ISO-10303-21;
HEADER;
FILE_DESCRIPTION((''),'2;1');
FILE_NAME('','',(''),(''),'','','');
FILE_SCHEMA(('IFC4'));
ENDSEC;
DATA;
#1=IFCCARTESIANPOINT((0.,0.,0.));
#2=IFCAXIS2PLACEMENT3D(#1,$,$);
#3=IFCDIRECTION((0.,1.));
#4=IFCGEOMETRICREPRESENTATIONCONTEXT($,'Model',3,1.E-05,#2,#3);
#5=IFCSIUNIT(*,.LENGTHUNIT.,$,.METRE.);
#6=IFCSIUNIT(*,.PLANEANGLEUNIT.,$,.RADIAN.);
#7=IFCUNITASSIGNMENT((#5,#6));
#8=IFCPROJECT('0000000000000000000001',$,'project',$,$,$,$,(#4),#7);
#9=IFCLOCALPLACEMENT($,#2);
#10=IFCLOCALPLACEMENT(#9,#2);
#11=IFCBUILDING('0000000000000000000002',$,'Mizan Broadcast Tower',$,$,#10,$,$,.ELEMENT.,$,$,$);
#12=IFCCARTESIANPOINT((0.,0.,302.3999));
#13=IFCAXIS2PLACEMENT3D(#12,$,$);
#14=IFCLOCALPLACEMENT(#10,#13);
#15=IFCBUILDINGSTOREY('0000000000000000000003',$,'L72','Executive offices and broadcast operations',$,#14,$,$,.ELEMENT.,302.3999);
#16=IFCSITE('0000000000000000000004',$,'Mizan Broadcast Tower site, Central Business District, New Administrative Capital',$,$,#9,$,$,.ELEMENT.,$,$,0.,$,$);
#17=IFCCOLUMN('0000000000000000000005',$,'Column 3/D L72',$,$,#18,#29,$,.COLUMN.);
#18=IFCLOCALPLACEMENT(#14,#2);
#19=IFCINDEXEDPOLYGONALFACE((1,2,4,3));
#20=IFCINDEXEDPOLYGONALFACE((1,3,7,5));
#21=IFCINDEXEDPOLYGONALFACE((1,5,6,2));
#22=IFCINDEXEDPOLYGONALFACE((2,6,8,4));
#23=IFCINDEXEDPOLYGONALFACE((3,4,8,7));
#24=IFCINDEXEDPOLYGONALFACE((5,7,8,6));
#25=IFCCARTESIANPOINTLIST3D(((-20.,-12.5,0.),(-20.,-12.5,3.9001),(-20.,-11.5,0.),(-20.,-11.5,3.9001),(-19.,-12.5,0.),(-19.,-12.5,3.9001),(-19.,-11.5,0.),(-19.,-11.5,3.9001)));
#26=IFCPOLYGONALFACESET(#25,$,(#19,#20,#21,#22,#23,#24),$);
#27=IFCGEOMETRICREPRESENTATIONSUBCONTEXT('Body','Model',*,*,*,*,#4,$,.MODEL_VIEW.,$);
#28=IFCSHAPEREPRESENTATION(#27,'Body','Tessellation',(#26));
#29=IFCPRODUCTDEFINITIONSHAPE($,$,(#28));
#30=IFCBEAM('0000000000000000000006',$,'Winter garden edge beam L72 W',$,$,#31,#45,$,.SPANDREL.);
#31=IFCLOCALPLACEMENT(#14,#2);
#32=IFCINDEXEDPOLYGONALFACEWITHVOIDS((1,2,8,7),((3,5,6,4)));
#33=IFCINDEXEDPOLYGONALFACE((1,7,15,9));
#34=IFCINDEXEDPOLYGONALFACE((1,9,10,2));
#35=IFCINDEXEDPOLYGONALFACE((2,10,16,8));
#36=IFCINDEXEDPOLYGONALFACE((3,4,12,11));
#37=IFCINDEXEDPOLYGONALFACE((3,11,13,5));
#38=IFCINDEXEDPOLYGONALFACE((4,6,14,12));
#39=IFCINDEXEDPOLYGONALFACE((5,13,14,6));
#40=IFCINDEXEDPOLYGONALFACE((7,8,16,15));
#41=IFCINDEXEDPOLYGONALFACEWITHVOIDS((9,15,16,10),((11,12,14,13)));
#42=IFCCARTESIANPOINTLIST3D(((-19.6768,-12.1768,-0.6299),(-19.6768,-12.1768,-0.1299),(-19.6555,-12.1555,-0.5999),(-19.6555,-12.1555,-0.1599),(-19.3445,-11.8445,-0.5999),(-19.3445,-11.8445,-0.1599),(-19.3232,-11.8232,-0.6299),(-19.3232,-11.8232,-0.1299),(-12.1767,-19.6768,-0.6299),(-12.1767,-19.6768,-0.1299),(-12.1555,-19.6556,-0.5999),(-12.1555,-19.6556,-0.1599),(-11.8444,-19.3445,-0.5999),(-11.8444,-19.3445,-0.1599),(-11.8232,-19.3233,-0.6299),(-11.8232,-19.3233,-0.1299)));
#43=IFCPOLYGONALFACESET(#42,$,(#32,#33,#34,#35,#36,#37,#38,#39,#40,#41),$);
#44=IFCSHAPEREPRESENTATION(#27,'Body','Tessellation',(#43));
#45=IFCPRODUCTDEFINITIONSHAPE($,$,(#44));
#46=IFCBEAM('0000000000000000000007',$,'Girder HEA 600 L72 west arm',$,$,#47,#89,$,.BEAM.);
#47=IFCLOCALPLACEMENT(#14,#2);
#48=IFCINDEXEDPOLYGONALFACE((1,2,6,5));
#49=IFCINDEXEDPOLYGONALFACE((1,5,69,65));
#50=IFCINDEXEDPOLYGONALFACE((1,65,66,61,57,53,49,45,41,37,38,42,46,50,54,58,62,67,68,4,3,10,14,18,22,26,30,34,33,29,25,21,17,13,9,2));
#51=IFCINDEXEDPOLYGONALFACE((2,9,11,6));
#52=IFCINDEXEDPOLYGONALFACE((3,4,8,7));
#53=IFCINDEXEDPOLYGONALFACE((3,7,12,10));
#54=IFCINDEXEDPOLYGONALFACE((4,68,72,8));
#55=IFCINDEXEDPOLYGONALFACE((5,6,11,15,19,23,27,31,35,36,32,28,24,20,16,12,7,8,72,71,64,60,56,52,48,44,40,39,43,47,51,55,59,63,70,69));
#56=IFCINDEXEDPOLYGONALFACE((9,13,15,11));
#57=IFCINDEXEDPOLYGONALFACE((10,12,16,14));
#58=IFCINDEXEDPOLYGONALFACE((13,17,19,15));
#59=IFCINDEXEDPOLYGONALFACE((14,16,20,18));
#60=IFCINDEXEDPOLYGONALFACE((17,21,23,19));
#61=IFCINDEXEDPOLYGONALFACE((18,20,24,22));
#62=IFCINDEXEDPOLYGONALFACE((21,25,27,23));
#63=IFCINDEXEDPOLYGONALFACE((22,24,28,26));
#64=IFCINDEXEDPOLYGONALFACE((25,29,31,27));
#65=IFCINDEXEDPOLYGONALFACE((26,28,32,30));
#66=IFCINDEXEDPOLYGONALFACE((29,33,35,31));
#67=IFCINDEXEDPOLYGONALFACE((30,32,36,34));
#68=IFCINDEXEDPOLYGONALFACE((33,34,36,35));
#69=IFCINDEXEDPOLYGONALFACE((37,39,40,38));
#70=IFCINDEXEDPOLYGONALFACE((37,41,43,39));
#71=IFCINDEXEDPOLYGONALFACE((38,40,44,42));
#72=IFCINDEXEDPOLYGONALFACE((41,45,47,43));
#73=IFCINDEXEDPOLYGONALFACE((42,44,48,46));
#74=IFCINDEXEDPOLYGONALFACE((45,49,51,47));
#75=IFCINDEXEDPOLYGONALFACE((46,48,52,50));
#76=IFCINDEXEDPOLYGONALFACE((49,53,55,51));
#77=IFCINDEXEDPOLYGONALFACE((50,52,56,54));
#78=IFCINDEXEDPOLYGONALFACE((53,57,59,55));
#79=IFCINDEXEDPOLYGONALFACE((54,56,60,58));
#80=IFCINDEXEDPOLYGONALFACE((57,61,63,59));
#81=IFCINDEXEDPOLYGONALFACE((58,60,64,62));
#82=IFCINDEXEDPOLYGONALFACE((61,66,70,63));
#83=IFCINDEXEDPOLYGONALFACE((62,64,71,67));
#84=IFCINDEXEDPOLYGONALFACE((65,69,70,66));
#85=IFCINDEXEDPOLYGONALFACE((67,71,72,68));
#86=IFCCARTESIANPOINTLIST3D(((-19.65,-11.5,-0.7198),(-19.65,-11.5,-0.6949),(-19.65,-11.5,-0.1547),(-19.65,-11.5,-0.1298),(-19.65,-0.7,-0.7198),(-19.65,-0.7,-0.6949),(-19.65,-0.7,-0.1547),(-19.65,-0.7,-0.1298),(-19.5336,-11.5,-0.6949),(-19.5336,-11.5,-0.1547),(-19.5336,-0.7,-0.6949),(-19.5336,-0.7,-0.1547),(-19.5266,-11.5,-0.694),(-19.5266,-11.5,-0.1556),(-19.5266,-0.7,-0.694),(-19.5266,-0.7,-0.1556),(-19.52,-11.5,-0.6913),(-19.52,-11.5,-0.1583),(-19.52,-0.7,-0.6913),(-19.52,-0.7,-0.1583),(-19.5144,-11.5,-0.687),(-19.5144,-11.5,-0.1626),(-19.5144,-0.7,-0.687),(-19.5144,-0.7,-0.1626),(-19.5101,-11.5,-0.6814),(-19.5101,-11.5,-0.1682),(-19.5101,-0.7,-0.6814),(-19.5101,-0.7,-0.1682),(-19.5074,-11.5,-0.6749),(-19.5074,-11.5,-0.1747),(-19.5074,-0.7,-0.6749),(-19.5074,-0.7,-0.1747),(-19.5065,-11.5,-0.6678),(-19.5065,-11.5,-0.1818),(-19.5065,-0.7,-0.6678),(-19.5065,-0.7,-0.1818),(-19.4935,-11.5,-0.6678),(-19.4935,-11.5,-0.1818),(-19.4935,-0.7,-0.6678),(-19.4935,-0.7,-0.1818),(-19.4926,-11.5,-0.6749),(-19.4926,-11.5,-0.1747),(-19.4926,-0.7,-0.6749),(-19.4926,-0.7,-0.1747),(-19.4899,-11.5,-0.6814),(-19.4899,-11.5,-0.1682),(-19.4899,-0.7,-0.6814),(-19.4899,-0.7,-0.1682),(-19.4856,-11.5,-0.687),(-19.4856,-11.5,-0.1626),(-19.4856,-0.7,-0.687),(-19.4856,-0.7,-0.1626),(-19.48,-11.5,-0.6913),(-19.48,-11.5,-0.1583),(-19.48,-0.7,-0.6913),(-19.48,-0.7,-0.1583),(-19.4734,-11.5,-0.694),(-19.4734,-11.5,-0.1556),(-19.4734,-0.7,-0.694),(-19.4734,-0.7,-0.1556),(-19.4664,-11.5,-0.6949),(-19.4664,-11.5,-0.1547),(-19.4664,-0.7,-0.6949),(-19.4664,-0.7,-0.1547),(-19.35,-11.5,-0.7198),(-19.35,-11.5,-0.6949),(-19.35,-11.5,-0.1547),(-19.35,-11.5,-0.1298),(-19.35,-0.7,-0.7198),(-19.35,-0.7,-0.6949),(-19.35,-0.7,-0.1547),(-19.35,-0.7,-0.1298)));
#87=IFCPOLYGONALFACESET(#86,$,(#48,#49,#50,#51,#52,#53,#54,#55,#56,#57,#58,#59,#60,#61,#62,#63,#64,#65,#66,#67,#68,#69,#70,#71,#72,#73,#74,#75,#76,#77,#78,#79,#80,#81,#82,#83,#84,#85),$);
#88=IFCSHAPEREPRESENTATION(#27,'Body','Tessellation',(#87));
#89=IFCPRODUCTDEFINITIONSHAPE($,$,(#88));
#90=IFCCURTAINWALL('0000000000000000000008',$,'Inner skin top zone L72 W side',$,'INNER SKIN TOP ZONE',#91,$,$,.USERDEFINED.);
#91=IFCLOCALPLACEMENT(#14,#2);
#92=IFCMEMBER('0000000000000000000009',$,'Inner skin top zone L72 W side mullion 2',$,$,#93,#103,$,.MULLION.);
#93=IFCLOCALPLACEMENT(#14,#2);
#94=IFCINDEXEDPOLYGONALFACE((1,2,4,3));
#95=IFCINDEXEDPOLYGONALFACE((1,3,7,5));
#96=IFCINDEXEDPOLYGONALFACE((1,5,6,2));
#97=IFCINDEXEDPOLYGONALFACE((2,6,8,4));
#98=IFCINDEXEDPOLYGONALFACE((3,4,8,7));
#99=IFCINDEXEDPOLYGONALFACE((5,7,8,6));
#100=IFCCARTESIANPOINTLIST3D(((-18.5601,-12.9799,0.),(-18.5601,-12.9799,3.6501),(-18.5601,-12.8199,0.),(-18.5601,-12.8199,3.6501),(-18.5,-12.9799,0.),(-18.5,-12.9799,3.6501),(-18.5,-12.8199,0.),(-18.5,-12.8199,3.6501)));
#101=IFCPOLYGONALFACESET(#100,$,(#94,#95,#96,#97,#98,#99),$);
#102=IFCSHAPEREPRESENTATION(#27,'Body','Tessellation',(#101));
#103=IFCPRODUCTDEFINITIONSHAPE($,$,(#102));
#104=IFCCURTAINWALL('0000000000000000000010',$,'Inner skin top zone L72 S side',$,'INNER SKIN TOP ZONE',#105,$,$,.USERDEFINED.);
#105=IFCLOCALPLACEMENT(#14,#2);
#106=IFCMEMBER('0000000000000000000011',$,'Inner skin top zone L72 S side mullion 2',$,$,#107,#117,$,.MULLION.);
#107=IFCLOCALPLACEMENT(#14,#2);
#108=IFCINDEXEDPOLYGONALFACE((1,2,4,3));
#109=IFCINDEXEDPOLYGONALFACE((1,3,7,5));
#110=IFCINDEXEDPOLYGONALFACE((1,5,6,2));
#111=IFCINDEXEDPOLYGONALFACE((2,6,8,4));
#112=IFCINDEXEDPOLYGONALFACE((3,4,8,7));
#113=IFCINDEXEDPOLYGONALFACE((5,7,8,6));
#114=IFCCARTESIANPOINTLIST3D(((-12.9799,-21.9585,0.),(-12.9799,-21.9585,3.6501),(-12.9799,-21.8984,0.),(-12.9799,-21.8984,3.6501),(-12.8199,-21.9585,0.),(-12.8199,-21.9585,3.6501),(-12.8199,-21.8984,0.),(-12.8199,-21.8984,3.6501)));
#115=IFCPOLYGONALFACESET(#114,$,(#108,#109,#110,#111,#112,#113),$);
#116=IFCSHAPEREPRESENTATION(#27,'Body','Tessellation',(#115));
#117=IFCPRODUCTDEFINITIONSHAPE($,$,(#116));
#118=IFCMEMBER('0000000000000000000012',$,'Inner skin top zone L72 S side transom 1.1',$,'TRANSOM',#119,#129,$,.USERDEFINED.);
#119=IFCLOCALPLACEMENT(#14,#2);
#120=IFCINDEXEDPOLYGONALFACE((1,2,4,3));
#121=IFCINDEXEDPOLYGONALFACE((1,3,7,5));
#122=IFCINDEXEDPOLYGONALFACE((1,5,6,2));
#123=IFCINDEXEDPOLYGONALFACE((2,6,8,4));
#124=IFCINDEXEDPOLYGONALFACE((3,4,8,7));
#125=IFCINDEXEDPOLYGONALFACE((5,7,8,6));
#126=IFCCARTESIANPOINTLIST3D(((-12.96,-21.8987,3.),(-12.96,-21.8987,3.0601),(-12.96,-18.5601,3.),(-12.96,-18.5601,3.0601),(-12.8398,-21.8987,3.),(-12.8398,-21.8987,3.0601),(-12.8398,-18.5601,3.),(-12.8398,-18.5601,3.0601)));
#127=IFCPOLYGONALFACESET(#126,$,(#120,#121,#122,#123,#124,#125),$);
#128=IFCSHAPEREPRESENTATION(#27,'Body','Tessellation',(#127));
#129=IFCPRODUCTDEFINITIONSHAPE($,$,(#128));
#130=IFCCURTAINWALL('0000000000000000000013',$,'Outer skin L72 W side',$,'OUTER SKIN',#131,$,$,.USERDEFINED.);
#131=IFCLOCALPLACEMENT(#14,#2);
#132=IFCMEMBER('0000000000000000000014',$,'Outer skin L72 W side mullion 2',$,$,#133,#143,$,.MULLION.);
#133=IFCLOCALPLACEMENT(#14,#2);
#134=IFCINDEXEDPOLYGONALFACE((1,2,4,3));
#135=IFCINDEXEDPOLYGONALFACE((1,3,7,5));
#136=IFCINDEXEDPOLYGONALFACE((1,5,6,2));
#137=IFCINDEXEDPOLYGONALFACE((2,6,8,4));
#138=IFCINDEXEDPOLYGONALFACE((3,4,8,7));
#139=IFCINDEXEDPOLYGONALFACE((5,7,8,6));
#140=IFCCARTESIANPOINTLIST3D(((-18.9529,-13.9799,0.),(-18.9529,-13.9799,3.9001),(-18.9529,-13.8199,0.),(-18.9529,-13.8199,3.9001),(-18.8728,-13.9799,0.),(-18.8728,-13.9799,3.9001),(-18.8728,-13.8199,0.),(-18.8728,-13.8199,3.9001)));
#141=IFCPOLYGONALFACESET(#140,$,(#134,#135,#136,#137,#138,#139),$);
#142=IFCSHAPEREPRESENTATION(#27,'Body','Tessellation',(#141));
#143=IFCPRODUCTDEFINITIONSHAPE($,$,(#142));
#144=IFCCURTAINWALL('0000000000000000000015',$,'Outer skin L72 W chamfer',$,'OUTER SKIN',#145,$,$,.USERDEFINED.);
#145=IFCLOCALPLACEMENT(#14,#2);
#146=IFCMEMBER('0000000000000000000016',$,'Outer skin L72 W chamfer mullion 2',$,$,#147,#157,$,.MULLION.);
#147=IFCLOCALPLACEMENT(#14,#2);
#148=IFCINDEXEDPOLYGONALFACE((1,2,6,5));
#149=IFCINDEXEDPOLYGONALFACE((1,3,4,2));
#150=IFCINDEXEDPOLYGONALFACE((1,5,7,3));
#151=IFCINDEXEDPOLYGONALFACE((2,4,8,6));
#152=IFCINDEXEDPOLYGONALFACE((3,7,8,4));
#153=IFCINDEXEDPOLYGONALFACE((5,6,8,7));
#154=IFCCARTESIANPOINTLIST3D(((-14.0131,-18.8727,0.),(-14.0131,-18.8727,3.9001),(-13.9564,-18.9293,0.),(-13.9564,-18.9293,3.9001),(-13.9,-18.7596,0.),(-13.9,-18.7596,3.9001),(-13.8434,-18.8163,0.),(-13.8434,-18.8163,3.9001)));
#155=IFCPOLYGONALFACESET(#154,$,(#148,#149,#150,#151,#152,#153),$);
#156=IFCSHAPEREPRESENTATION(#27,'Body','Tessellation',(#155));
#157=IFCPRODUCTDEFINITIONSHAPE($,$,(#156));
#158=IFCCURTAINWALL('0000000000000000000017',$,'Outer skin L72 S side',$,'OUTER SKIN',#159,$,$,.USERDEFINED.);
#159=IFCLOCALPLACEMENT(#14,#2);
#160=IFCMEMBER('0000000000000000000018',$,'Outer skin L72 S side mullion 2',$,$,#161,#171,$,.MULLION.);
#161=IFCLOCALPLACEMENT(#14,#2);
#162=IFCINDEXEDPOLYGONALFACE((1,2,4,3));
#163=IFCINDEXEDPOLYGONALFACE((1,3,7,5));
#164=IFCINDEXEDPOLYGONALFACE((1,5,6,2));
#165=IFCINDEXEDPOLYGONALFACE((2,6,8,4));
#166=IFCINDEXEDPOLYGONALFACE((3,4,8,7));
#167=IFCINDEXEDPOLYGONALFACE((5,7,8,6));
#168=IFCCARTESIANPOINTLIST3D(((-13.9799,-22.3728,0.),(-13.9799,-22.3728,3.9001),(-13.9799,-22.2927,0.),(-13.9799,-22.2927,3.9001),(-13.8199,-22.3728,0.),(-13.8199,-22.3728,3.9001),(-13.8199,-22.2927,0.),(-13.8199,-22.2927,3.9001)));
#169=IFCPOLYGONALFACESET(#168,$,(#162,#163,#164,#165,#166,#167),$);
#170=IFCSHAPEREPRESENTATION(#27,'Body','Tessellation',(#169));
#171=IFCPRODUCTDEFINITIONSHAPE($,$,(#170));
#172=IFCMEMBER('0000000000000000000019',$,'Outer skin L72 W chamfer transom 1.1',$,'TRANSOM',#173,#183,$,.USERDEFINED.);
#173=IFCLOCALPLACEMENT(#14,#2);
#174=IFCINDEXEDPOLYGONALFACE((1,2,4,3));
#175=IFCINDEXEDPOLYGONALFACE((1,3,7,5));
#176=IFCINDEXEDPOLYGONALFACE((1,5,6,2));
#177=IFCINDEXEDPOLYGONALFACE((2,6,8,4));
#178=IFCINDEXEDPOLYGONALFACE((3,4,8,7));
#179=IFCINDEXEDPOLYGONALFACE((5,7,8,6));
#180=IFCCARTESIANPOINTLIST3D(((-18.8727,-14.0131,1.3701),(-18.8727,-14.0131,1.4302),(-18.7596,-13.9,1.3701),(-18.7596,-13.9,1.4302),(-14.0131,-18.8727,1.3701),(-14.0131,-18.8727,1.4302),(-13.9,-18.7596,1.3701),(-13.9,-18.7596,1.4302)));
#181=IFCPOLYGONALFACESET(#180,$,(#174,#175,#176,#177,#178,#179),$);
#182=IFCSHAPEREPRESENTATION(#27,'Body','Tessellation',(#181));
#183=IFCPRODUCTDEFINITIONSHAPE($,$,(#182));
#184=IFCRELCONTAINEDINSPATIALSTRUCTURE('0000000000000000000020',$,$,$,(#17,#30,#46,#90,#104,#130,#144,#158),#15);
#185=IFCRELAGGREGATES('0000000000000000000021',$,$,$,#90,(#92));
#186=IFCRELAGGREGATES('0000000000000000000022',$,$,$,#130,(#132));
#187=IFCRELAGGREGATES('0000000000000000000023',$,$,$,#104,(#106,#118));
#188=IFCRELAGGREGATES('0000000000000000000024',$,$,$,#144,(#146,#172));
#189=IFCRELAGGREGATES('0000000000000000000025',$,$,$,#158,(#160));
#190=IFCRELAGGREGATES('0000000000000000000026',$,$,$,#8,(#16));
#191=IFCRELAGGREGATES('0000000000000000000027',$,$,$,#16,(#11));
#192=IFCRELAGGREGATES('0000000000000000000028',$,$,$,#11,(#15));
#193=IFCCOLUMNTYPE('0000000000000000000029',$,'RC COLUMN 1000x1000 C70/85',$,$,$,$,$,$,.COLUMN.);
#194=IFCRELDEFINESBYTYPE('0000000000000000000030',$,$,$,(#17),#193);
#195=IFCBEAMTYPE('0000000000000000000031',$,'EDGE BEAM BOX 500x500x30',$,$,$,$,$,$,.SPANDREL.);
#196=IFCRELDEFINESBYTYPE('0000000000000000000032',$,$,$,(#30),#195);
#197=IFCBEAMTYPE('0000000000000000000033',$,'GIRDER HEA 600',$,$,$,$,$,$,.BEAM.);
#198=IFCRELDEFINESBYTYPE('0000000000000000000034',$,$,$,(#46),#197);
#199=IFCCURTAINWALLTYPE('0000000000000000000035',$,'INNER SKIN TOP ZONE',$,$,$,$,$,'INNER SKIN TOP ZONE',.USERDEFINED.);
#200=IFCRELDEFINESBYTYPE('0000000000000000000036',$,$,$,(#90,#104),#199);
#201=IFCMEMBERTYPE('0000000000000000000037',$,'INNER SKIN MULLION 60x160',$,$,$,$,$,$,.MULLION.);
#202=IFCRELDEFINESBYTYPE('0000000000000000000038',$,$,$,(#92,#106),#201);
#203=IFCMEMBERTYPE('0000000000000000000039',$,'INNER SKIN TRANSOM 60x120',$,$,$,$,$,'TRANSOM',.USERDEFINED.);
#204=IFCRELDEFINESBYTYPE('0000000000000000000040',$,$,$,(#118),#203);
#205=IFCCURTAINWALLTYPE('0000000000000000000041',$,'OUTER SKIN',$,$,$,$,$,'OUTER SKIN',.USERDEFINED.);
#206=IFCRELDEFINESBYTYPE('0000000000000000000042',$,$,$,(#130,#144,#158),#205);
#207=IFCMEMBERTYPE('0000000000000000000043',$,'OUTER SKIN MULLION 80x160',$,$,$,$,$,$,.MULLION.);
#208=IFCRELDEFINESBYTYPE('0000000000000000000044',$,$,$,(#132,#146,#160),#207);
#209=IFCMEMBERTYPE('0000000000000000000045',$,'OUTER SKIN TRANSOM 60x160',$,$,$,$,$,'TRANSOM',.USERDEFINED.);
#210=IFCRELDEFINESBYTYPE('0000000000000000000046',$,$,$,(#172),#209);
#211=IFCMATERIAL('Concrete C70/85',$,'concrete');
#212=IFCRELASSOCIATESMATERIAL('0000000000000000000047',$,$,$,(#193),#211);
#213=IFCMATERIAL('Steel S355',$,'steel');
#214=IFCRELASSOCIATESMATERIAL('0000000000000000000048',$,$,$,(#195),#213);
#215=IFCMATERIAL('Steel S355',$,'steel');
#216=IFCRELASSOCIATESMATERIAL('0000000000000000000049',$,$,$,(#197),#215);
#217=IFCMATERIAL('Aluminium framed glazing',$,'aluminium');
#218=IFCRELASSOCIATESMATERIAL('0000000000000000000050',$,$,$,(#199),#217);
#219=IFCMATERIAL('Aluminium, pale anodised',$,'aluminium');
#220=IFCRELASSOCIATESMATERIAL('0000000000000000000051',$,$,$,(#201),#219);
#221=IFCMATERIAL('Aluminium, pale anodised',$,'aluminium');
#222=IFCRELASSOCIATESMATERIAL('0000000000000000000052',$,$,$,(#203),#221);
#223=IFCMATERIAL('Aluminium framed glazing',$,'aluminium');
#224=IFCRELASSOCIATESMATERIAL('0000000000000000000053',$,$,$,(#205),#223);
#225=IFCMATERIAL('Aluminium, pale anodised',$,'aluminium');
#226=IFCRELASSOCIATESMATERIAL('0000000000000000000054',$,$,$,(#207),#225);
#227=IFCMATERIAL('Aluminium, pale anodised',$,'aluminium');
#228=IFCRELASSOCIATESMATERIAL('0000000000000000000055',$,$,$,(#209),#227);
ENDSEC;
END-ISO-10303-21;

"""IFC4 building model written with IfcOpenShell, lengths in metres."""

from ifc_helpers import new_model, si_unit, direction, frame, origin, origin_2d, place, context, subcontext, project, spatial, rectangle, hollow_rectangle, i_section, extrude, material, material_profile, profile_set, type_object, element, aggregate, save


model = new_model("IFC4")

# Units and contexts
model_context = context("Model", 3, precision=1e-05, world=origin(), true_north=direction((0.0, 1.0)))
body_context = subcontext(model_context, "Body", "Model", "MODEL_VIEW")
ifc_project = project(units=[si_unit("LENGTHUNIT", "METRE"), si_unit("PLANEANGLEUNIT", "RADIAN")], contexts=[model_context])

# Site, building, storey
site_placement = place(None, origin())
site = spatial("IfcSite", under=ifc_project, at=site_placement, Name="Mizan Broadcast Tower site, Central Business District, New Administrative Capital", CompositionType="ELEMENT", RefElevation=0.0)
building_placement = place(site_placement, origin())
building = spatial("IfcBuilding", under=site, at=building_placement, Name="Mizan Broadcast Tower", CompositionType="ELEMENT")
storey_placement = place(building_placement, frame((0.0, 0.0, 302.3999)))
storey = spatial("IfcBuildingStorey", under=building, at=storey_placement, Name="L72", Description="Executive offices and broadcast operations", CompositionType="ELEMENT", Elevation=302.3999)

# Column
ifc_material_1 = material(Name="Concrete C70/85", Category="concrete")
ifc_material_profile_1 = material_profile(ifc_material_1, rectangle(XDim=1.0, YDim=1.0, at=origin_2d()), Name="RC 1000x1000")
ifc_profile_set_1 = profile_set([ifc_material_profile_1], Name="Concrete C70/85")
column_type = type_object("IfcColumnType", Name="RC COLUMN 1000x1000 C70/85", PredefinedType="COLUMN", material=ifc_profile_set_1)
column_placement = place(storey_placement, frame((-19.5, -12.0, 0.0), z_axis=(0.0, 0.0, 1.0), x_axis=(1.0, 0.0, 0.0)))
element("IfcColumn", 1, at=column_placement, inside=storey, type_object=column_type, Name="Column 3/D L72", PredefinedType="COLUMN", context=body_context, shape_type="SweptSolid", body=[
    extrude(rectangle(XDim=1.0, YDim=1.0, at=origin_2d()), origin(), (0.0, 0.0, 1.0), 3.9001),
])

# Beams
ifc_material_2 = material(Name="Steel S355", Category="steel")
ifc_material_profile_2 = material_profile(ifc_material_2, hollow_rectangle(XDim=0.5, YDim=0.5, WallThickness=0.03, at=origin_2d()), Name="BOX 500x500x30")
ifc_profile_set_2 = profile_set([ifc_material_profile_2], Name="Steel S355")
beam_type_1 = type_object("IfcBeamType", Name="EDGE BEAM BOX 500x500x30", PredefinedType="SPANDREL", material=ifc_profile_set_2)
beam_1_placement = place(storey_placement, frame((-19.5, -12.0, -0.3799), z_axis=(0.707107, -0.707107, 0.0), x_axis=(0.707107, 0.707107, 0.0)))
element("IfcBeam", 2, at=beam_1_placement, inside=storey, type_object=beam_type_1, Name="Winter garden edge beam L72 W", PredefinedType="SPANDREL", context=body_context, shape_type="SweptSolid", body=[
    extrude(hollow_rectangle(XDim=0.5, YDim=0.5, WallThickness=0.03, at=origin_2d()), origin(), (0.0, 0.0, 1.0), 10.6067),
])
ifc_material_3 = material(Name="Steel S355", Category="steel")
ifc_material_profile_3 = material_profile(ifc_material_3, i_section(OverallWidth=0.3, OverallDepth=0.5901, WebThickness=0.0129, FlangeThickness=0.0249, FilletRadius=0.0271, at=origin_2d()), Name="HEA 600")
ifc_profile_set_3 = profile_set([ifc_material_profile_3], Name="Steel S355")
beam_type_2 = type_object("IfcBeamType", Name="GIRDER HEA 600", PredefinedType="BEAM", material=ifc_profile_set_3)
beam_2_placement = place(storey_placement, frame((-19.5, -11.5, -0.4248), z_axis=(0.0, 1.0, 0.0), x_axis=(-1.0, 0.0, 0.0)))
element("IfcBeam", 3, at=beam_2_placement, inside=storey, type_object=beam_type_2, Name="Girder HEA 600 L72 west arm", PredefinedType="BEAM", context=body_context, shape_type="SweptSolid", body=[
    extrude(i_section(OverallWidth=0.3, OverallDepth=0.5901, WebThickness=0.0129, FlangeThickness=0.0249, FilletRadius=0.0271, at=origin_2d()), origin(), (0.0, 0.0, 1.0), 10.8),
])

# Curtain wall, member
ifc_material_4 = material(Name="Aluminium framed glazing", Category="aluminium")
curtain_wall_type_1 = type_object("IfcCurtainWallType", Name="INNER SKIN TOP ZONE", ElementType="INNER SKIN TOP ZONE", PredefinedType="USERDEFINED", material=ifc_material_4)
curtain_wall_1_placement = place(storey_placement, origin())
curtain_wall_1 = element("IfcCurtainWall", 4, at=curtain_wall_1_placement, inside=storey, type_object=curtain_wall_type_1, Name="Inner skin top zone L72 W side", ObjectType="INNER SKIN TOP ZONE", PredefinedType="USERDEFINED")
ifc_material_5 = material(Name="Aluminium, pale anodised", Category="aluminium")
ifc_material_profile_4 = material_profile(ifc_material_5, rectangle(XDim=0.1599, YDim=0.0601, at=origin_2d()), Name="MULLION 160x60")
ifc_profile_set_4 = profile_set([ifc_material_profile_4], Name="Aluminium, pale anodised")
member_type_1 = type_object("IfcMemberType", Name="INNER SKIN MULLION 60x160", PredefinedType="MULLION", material=ifc_profile_set_4)
member_1_placement = place(storey_placement, frame((-18.53, -12.8999, 0.0), z_axis=(0.0, 0.0, 1.0), x_axis=(0.0, 1.0, 0.0)))
member_1 = element("IfcMember", 5, at=member_1_placement, type_object=member_type_1, Name="Inner skin top zone L72 W side mullion 2", PredefinedType="MULLION", context=body_context, shape_type="SweptSolid", body=[
    extrude(rectangle(XDim=0.1599, YDim=0.0601, at=origin_2d()), origin(), (0.0, 0.0, 1.0), 3.6501),
])
aggregate(curtain_wall_1, [member_1])

# Curtain wall, members
curtain_wall_2_placement = place(storey_placement, origin())
curtain_wall_2 = element("IfcCurtainWall", 6, at=curtain_wall_2_placement, inside=storey, type_object=curtain_wall_type_1, Name="Inner skin top zone L72 S side", ObjectType="INNER SKIN TOP ZONE", PredefinedType="USERDEFINED")
member_2_placement = place(storey_placement, frame((-12.8999, -21.9285, 0.0), z_axis=(0.0, 0.0, 1.0), x_axis=(1.0, 0.0, 0.0)))
member_2 = element("IfcMember", 7, at=member_2_placement, type_object=member_type_1, Name="Inner skin top zone L72 S side mullion 2", PredefinedType="MULLION", context=body_context, shape_type="SweptSolid", body=[
    extrude(rectangle(XDim=0.1599, YDim=0.0601, at=origin_2d()), origin(), (0.0, 0.0, 1.0), 3.6501),
])
ifc_material_6 = material(Name="Aluminium, pale anodised", Category="aluminium")
ifc_material_profile_5 = material_profile(ifc_material_6, rectangle(XDim=0.1201, YDim=0.0601, at=origin_2d()), Name="TRANSOM 120x60")
ifc_profile_set_5 = profile_set([ifc_material_profile_5], Name="Aluminium, pale anodised")
member_type_2 = type_object("IfcMemberType", Name="INNER SKIN TRANSOM 60x120", ElementType="TRANSOM", PredefinedType="USERDEFINED", material=ifc_profile_set_5)
member_3_placement = place(storey_placement, frame((-12.8999, -18.5601, 3.03), z_axis=(0.0, -1.0, 0.0), x_axis=(1.0, 0.0, 0.0)))
member_3 = element("IfcMember", 8, at=member_3_placement, type_object=member_type_2, Name="Inner skin top zone L72 S side transom 1.1", ObjectType="TRANSOM", PredefinedType="USERDEFINED", context=body_context, shape_type="SweptSolid", body=[
    extrude(rectangle(XDim=0.1201, YDim=0.0601, at=origin_2d()), origin(), (0.0, 0.0, 1.0), 3.3386),
])

# Curtain walls, members
ifc_material_7 = material(Name="Aluminium framed glazing", Category="aluminium")
curtain_wall_type_2 = type_object("IfcCurtainWallType", Name="OUTER SKIN", ElementType="OUTER SKIN", PredefinedType="USERDEFINED", material=ifc_material_7)
curtain_wall_3_placement = place(storey_placement, origin())
curtain_wall_3 = element("IfcCurtainWall", 9, at=curtain_wall_3_placement, inside=storey, type_object=curtain_wall_type_2, Name="Outer skin L72 W side", ObjectType="OUTER SKIN", PredefinedType="USERDEFINED")
ifc_material_8 = material(Name="Aluminium, pale anodised", Category="aluminium")
ifc_material_profile_6 = material_profile(ifc_material_8, rectangle(XDim=0.1599, YDim=0.0801, at=origin_2d()), Name="MULLION 160x80")
ifc_profile_set_6 = profile_set([ifc_material_profile_6], Name="Aluminium, pale anodised")
member_type_3 = type_object("IfcMemberType", Name="OUTER SKIN MULLION 80x160", PredefinedType="MULLION", material=ifc_profile_set_6)
member_4_placement = place(storey_placement, frame((-18.9128, -13.8999, 0.0), z_axis=(0.0, 0.0, 1.0), x_axis=(0.0, 1.0, 0.0)))
member_4 = element("IfcMember", 10, at=member_4_placement, type_object=member_type_3, Name="Outer skin L72 W side mullion 2", PredefinedType="MULLION", context=body_context, shape_type="SweptSolid", body=[
    extrude(rectangle(XDim=0.1599, YDim=0.0801, at=origin_2d()), origin(), (0.0, 0.0, 1.0), 3.9001),
])
aggregate(curtain_wall_3, [member_4])
curtain_wall_4_placement = place(storey_placement, origin())
curtain_wall_4 = element("IfcCurtainWall", 11, at=curtain_wall_4_placement, inside=storey, type_object=curtain_wall_type_2, Name="Outer skin L72 W chamfer", ObjectType="OUTER SKIN", PredefinedType="USERDEFINED")
member_5_placement = place(storey_placement, frame((-13.9282, -18.8445, 0.0), z_axis=(0.0, 0.0, 1.0), x_axis=(0.707107, 0.707107, 0.0)))
member_5 = element("IfcMember", 12, at=member_5_placement, type_object=member_type_3, Name="Outer skin L72 W chamfer mullion 2", PredefinedType="MULLION", context=body_context, shape_type="SweptSolid", body=[
    extrude(rectangle(XDim=0.1599, YDim=0.0801, at=origin_2d()), origin(), (0.0, 0.0, 1.0), 3.9001),
])
curtain_wall_5_placement = place(storey_placement, origin())
curtain_wall_5 = element("IfcCurtainWall", 13, at=curtain_wall_5_placement, inside=storey, type_object=curtain_wall_type_2, Name="Outer skin L72 S side", ObjectType="OUTER SKIN", PredefinedType="USERDEFINED")
member_6_placement = place(storey_placement, frame((-13.8999, -22.3328, 0.0), z_axis=(0.0, 0.0, 1.0), x_axis=(1.0, 0.0, 0.0)))
member_6 = element("IfcMember", 14, at=member_6_placement, type_object=member_type_3, Name="Outer skin L72 S side mullion 2", PredefinedType="MULLION", context=body_context, shape_type="SweptSolid", body=[
    extrude(rectangle(XDim=0.1599, YDim=0.0801, at=origin_2d()), origin(), (0.0, 0.0, 1.0), 3.9001),
])

# Member
ifc_material_9 = material(Name="Aluminium, pale anodised", Category="aluminium")
ifc_material_profile_7 = material_profile(ifc_material_9, rectangle(XDim=0.1599, YDim=0.0601, at=origin_2d()), Name="TRANSOM 160x60")
ifc_profile_set_7 = profile_set([ifc_material_profile_7], Name="Aluminium, pale anodised")
member_type_4 = type_object("IfcMemberType", Name="OUTER SKIN TRANSOM 60x160", ElementType="TRANSOM", PredefinedType="USERDEFINED", material=ifc_profile_set_7)
member_7_placement = place(storey_placement, frame((-18.8162, -13.9565, 1.4001), z_axis=(0.707107, -0.707107, 0.0), x_axis=(0.707107, 0.707107, 0.0)))
member_7 = element("IfcMember", 15, at=member_7_placement, type_object=member_type_4, Name="Outer skin L72 W chamfer transom 1.1", ObjectType="TRANSOM", PredefinedType="USERDEFINED", context=body_context, shape_type="SweptSolid", body=[
    extrude(rectangle(XDim=0.1599, YDim=0.0601, at=origin_2d()), origin(), (0.0, 0.0, 1.0), 6.8726),
])

aggregate(curtain_wall_2, [member_2, member_3])
aggregate(curtain_wall_4, [member_5, member_7])
aggregate(curtain_wall_5, [member_6])

save(model, "model.ifc")
